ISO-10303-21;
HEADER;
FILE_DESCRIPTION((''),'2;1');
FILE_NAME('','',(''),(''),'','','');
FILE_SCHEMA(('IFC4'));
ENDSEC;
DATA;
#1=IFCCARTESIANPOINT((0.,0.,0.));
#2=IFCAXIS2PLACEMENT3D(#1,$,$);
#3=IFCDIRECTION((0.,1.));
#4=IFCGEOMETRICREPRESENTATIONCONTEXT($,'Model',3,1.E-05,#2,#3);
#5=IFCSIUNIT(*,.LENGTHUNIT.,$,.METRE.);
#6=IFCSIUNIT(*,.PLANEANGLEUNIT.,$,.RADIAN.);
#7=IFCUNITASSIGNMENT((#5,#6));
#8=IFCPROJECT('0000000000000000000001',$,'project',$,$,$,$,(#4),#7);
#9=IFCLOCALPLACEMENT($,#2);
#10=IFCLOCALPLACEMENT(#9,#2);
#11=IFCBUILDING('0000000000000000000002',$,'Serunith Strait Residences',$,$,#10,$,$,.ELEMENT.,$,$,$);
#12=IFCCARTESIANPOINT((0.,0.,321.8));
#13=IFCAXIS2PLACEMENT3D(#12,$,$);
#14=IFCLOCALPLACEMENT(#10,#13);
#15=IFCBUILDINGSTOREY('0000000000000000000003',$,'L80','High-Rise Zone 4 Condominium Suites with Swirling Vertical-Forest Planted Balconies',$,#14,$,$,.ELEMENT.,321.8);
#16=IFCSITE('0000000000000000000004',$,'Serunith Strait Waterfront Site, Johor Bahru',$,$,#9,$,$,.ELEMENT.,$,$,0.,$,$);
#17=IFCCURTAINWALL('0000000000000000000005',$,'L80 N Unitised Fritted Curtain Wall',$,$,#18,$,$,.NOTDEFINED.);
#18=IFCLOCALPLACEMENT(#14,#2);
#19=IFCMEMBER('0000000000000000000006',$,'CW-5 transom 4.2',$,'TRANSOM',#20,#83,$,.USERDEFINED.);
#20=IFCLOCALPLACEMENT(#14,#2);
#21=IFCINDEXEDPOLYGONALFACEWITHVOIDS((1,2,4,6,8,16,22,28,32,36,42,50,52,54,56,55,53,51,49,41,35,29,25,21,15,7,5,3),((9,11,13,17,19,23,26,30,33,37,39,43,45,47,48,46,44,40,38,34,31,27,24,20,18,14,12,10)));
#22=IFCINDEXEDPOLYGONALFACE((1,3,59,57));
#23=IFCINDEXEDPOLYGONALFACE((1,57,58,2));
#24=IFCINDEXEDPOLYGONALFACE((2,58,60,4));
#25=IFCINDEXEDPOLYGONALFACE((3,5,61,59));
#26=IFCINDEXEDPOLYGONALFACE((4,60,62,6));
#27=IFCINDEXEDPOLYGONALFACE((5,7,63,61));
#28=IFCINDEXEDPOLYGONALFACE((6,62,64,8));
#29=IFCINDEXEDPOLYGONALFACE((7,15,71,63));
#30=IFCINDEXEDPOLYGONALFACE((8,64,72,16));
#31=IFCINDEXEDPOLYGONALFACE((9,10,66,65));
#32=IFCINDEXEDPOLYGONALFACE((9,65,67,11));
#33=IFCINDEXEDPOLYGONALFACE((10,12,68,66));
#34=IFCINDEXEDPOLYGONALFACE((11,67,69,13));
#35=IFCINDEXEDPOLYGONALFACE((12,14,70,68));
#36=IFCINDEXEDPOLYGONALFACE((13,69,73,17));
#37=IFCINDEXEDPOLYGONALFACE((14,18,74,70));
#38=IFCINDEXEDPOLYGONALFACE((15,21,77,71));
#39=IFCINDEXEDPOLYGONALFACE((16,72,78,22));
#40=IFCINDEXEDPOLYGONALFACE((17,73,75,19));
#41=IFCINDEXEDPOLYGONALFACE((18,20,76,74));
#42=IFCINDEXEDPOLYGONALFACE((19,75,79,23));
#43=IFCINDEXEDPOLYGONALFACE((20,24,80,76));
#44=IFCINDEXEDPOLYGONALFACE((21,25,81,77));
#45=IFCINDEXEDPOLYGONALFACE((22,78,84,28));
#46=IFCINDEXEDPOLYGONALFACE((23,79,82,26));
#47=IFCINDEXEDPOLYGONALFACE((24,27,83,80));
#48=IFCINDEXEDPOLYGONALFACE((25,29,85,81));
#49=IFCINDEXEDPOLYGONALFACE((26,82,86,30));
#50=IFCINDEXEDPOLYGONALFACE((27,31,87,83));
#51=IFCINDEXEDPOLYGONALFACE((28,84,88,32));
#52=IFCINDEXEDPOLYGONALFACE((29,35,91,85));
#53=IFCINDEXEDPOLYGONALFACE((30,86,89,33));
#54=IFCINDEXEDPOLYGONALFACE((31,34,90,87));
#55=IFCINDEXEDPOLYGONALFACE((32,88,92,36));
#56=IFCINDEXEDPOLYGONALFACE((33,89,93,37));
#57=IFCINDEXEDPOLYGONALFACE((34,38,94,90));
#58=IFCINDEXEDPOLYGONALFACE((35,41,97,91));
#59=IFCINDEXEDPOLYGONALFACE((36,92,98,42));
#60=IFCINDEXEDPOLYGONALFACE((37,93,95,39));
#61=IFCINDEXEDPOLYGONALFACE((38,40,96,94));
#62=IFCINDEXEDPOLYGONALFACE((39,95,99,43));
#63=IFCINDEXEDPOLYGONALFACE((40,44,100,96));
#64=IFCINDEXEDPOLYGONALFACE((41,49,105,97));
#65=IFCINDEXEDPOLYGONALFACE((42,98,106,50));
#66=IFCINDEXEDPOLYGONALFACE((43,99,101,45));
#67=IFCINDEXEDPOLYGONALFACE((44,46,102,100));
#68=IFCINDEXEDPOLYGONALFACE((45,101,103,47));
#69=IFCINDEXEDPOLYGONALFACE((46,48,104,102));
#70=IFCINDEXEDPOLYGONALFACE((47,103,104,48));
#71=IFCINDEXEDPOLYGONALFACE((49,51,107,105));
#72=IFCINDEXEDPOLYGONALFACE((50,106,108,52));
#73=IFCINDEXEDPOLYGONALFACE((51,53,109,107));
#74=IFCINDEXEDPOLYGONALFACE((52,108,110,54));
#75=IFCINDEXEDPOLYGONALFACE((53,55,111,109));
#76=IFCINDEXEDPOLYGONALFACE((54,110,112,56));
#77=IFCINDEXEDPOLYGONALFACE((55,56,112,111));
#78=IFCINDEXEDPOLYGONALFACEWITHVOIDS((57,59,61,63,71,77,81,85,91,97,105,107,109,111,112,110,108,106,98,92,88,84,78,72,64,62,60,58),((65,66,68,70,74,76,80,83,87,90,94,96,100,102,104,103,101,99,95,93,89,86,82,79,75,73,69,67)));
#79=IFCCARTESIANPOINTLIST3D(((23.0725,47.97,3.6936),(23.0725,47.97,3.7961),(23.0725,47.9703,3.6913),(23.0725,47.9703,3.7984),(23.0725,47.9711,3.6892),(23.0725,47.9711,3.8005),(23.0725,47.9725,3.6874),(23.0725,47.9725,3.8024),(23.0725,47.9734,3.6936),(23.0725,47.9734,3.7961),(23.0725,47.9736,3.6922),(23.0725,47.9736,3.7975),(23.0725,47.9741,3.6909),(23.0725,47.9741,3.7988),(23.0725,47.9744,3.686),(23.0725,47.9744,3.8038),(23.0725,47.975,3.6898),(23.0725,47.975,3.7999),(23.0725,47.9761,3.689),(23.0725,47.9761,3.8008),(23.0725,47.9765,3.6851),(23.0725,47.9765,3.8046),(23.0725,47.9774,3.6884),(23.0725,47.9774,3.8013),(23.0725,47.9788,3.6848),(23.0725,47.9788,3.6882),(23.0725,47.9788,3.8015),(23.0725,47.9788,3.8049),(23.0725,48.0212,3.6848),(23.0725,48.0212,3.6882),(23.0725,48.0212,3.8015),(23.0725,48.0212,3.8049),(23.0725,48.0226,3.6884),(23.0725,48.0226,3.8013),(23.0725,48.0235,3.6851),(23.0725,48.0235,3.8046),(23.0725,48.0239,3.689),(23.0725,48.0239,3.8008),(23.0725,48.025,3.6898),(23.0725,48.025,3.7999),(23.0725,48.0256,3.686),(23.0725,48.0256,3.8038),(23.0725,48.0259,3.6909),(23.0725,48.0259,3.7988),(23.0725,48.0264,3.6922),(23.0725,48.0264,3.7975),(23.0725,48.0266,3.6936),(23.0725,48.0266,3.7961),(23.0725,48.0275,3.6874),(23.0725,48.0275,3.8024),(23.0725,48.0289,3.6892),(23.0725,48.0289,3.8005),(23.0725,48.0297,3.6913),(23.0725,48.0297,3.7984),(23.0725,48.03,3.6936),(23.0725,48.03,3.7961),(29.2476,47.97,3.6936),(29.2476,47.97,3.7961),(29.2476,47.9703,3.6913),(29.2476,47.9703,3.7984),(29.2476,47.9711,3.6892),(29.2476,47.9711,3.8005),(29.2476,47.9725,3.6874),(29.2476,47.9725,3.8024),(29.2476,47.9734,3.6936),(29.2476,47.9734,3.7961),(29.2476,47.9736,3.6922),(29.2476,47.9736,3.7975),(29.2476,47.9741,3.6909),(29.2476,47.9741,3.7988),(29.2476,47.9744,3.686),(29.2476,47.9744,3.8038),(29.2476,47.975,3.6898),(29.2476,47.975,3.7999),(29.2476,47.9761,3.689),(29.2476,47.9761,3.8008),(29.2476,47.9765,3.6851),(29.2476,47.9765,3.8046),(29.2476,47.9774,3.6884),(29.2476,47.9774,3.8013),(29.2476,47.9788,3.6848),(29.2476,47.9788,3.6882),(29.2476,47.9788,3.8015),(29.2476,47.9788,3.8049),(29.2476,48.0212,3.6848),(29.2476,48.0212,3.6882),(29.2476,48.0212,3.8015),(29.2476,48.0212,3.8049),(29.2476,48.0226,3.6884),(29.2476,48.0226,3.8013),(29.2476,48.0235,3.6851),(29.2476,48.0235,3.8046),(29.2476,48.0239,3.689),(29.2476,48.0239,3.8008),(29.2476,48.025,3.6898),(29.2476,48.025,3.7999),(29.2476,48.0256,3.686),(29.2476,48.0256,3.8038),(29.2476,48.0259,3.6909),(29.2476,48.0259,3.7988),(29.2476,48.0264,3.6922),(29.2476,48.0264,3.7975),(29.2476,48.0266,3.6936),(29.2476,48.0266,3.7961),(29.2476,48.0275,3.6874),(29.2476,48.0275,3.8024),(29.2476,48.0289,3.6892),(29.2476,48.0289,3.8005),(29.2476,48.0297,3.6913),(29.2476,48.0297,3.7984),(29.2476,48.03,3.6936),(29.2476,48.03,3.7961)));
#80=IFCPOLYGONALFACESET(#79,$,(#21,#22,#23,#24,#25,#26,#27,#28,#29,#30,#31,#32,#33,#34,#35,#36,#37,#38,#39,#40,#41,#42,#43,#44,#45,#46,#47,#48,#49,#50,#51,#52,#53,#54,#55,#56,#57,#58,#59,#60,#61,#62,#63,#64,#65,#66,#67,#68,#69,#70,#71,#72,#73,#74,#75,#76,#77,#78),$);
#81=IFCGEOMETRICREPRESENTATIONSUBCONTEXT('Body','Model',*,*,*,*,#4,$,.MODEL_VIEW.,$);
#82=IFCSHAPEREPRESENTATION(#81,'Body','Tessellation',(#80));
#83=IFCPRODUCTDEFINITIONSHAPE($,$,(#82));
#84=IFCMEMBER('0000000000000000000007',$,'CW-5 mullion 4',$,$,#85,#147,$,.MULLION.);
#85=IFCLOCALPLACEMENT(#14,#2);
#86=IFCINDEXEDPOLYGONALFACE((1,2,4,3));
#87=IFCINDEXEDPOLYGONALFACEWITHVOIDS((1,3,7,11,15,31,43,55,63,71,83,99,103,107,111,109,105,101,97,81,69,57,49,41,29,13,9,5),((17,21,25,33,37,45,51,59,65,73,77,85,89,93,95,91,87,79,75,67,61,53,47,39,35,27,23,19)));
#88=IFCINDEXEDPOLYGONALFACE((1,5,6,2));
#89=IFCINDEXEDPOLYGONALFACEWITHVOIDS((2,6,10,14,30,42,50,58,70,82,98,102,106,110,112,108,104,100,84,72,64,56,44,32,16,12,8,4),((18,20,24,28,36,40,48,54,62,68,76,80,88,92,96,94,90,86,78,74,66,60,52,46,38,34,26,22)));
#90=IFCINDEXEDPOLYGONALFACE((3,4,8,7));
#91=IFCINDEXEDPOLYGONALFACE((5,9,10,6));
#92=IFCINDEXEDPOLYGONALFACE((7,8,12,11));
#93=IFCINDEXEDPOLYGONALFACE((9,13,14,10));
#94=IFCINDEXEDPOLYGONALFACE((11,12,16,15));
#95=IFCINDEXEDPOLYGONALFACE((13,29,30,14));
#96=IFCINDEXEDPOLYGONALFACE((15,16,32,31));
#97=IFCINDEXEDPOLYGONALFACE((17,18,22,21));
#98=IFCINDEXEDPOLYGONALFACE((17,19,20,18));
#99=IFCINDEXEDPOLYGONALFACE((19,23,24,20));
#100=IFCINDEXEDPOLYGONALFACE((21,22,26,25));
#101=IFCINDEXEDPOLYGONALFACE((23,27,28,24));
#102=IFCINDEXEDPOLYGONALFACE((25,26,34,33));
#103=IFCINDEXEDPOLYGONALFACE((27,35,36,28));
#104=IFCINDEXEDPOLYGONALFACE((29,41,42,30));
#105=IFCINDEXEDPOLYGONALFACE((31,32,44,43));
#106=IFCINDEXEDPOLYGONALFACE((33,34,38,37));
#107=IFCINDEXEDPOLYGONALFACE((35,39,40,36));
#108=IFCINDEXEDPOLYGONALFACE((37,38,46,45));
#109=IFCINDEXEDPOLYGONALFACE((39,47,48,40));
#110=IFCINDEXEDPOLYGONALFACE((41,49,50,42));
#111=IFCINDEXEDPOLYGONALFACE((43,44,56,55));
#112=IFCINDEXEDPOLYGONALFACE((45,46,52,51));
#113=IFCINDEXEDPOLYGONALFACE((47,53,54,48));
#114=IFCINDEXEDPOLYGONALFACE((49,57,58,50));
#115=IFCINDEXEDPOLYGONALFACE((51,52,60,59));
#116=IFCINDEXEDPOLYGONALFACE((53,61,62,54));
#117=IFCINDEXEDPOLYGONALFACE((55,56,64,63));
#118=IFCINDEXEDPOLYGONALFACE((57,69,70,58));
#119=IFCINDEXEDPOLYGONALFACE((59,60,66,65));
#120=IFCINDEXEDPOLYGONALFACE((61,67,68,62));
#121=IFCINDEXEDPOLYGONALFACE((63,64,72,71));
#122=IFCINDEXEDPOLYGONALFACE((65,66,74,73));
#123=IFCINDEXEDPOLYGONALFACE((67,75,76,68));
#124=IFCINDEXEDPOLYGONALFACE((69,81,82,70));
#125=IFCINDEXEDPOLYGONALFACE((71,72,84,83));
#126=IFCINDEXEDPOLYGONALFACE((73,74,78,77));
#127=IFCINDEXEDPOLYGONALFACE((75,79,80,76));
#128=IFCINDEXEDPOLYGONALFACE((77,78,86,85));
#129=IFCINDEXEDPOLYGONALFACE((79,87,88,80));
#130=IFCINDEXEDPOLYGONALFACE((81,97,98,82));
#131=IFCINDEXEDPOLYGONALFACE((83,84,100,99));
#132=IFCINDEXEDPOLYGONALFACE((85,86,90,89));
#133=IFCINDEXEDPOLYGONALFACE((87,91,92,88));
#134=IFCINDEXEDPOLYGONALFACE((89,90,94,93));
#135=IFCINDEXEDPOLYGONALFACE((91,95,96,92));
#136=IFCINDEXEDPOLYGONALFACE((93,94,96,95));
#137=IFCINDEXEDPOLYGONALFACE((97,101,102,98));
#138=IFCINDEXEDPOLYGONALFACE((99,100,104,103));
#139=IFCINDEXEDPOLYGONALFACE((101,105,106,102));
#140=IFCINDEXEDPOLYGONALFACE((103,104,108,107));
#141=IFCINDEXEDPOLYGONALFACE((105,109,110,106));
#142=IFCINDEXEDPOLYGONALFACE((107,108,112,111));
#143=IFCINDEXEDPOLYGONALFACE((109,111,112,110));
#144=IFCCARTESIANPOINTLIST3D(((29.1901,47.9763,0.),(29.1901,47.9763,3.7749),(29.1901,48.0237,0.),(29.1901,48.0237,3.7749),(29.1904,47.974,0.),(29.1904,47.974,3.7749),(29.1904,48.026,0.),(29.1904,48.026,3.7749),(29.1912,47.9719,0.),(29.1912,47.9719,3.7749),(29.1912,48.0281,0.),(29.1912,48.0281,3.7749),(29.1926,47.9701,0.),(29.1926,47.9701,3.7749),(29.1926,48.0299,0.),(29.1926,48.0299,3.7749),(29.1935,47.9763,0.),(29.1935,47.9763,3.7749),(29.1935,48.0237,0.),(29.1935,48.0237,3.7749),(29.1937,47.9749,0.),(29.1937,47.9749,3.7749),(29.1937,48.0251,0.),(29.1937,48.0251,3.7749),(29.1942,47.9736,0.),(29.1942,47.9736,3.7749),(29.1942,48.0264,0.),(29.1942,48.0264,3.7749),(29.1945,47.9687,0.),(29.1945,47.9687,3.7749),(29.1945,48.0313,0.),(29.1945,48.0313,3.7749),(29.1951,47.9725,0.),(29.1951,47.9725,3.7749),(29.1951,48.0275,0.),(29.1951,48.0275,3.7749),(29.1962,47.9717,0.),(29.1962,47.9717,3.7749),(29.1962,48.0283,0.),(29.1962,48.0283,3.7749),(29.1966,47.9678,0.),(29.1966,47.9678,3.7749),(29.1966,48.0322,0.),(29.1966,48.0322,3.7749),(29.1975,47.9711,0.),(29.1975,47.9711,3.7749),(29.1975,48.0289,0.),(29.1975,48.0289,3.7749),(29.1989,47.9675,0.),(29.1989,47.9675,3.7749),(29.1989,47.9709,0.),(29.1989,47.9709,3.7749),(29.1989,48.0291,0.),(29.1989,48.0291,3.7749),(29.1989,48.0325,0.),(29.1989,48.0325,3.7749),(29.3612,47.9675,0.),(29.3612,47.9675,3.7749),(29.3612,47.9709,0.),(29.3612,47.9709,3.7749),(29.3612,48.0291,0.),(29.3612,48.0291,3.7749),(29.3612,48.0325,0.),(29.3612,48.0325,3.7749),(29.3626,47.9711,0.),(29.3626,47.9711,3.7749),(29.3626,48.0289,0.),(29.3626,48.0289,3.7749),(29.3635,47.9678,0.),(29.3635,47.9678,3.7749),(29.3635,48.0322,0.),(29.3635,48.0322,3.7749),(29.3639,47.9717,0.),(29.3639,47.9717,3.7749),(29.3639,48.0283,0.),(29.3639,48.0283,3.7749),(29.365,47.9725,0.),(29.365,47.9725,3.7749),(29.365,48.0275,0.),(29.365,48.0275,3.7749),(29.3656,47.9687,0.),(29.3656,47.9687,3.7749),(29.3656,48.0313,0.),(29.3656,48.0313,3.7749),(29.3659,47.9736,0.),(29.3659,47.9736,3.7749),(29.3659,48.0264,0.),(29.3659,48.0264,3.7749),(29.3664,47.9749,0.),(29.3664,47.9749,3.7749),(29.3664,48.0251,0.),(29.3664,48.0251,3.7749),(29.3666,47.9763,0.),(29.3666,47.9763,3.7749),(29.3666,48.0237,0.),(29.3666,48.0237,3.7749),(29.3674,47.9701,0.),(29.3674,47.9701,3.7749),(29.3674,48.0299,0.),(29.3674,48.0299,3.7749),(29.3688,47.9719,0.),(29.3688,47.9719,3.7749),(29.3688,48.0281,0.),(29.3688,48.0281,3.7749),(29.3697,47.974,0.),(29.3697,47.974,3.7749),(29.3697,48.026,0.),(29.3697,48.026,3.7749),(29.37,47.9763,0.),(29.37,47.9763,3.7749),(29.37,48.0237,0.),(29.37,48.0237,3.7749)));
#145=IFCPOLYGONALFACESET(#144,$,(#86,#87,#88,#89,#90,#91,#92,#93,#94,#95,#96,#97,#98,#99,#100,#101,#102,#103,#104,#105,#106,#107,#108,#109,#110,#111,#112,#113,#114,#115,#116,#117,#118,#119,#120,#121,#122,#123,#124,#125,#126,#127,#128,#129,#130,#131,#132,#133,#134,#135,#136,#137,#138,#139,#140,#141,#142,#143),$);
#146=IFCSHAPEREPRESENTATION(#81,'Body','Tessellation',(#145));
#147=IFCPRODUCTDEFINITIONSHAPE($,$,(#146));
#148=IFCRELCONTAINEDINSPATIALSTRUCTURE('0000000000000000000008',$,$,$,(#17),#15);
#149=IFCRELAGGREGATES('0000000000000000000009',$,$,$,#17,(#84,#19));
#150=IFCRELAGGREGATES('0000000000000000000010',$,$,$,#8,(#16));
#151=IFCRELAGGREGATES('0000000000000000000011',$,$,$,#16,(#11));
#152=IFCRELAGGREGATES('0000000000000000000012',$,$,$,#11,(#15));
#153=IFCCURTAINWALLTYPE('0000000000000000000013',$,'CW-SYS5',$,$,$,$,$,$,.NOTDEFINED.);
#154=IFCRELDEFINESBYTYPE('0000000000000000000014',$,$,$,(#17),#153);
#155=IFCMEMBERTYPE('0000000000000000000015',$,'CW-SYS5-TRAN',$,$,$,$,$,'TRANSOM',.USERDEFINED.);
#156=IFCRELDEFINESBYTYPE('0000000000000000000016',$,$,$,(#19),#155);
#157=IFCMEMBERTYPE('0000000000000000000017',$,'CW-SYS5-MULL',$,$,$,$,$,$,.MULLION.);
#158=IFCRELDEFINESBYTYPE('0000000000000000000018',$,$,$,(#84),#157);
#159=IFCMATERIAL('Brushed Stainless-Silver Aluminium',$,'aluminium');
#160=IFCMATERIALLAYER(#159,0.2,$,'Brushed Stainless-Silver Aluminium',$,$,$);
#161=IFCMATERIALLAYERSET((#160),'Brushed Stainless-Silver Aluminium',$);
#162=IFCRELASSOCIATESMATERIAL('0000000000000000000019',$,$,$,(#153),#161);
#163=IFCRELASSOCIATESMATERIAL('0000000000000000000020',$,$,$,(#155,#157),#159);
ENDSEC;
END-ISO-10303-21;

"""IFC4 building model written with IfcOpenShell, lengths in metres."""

from ifc_helpers import new_model, si_unit, direction, frame, origin, origin_2d, place, context, subcontext, project, spatial, hollow_rectangle, extrude, source, transform, mapped, material, layer, layer_set, material_profile, profile_set, type_object, element, aggregate, save


model = new_model("IFC4")

# Units and contexts
model_context = context("Model", 3, precision=1e-05, world=origin(), true_north=direction((0.0, 1.0)))
body_context = subcontext(model_context, "Body", "Model", "MODEL_VIEW")
ifc_project = project(units=[si_unit("LENGTHUNIT", "METRE"), si_unit("PLANEANGLEUNIT", "RADIAN")], contexts=[model_context])

# Site, building, storey
site_placement = place(None, origin())
site = spatial("IfcSite", under=ifc_project, at=site_placement, Name="Serunith Strait Waterfront Site, Johor Bahru", CompositionType="ELEMENT", RefElevation=0.0)
building_placement = place(site_placement, origin())
building = spatial("IfcBuilding", under=site, at=building_placement, Name="Serunith Strait Residences", CompositionType="ELEMENT")
storey_placement = place(building_placement, frame((0.0, 0.0, 321.8)))
storey = spatial("IfcBuildingStorey", under=building, at=storey_placement, Name="L80", Description="High-Rise Zone 4 Condominium Suites with Swirling Vertical-Forest Planted Balconies", CompositionType="ELEMENT", Elevation=321.8)

# Curtain wall, members
ifc_material_1 = material(Name="Brushed Stainless-Silver Aluminium", Category="aluminium")
ifc_layer_1 = layer(ifc_material_1, 0.2, Name="Brushed Stainless-Silver Aluminium")
ifc_layer_set_1 = layer_set([ifc_layer_1], Name="Brushed Stainless-Silver Aluminium")
curtain_wall_type = type_object("IfcCurtainWallType", Name="CW-SYS5", PredefinedType="NOTDEFINED", material=ifc_layer_set_1)
curtain_wall_placement = place(storey_placement, origin())
curtain_wall = element("IfcCurtainWall", 1, at=curtain_wall_placement, inside=storey, type_object=curtain_wall_type, Name="L80 N Unitised Fritted Curtain Wall", PredefinedType="NOTDEFINED")
ifc_material_profile_1 = material_profile(ifc_material_1, hollow_rectangle(XDim=0.0601, YDim=0.1201, WallThickness=0.0034, InnerFilletRadius=0.0054, OuterFilletRadius=0.0088, at=origin_2d()), Name="ALU 120x60x3.5")
ifc_profile_set_1 = profile_set([ifc_material_profile_1], Name="Brushed Stainless-Silver Aluminium")
member_type_1 = type_object("IfcMemberType", Name="CW-SYS5-TRAN", ElementType="TRANSOM", PredefinedType="USERDEFINED", material=ifc_profile_set_1)
shared_shape_1 = source(origin(), body_context, "Body", "SweptSolid", [
    extrude(hollow_rectangle(XDim=0.0601, YDim=0.1201, WallThickness=0.0034, InnerFilletRadius=0.0054, OuterFilletRadius=0.0088, at=origin_2d()), origin(), (0.0, 0.0, 1.0), 6.175),
])
member_1_placement = place(storey_placement, frame((29.2476, 48.0, 3.7449), z_axis=(-1.0, 0.0, 0.0), x_axis=(0.0, -1.0, 0.0)))
member_1 = element("IfcMember", 2, at=member_1_placement, type_object=member_type_1, Name="CW-5 transom 4.2", ObjectType="TRANSOM", PredefinedType="USERDEFINED", context=body_context, shape_type="MappedRepresentation", body=[
    mapped(shared_shape_1, transform((0.0, 0.0, 0.0), scale=1.0)),
])
ifc_material_profile_2 = material_profile(ifc_material_1, hollow_rectangle(XDim=0.0649, YDim=0.1799, WallThickness=0.0034, InnerFilletRadius=0.0054, OuterFilletRadius=0.0088, at=origin_2d()), Name="ALU 180x65x3.5")
ifc_profile_set_2 = profile_set([ifc_material_profile_2], Name="Brushed Stainless-Silver Aluminium")
member_type_2 = type_object("IfcMemberType", Name="CW-SYS5-MULL", PredefinedType="MULLION", material=ifc_profile_set_2)
shared_shape_2 = source(origin(), body_context, "Body", "SweptSolid", [
    extrude(hollow_rectangle(XDim=0.0649, YDim=0.1799, WallThickness=0.0034, InnerFilletRadius=0.0054, OuterFilletRadius=0.0088, at=origin_2d()), origin(), (0.0, 0.0, 1.0), 3.7749),
])
member_2_placement = place(storey_placement, frame((29.28, 48.0, 0.0), z_axis=(0.0, 0.0, 1.0), x_axis=(0.0, -1.0, 0.0)))
member_2 = element("IfcMember", 3, at=member_2_placement, type_object=member_type_2, Name="CW-5 mullion 4", PredefinedType="MULLION", context=body_context, shape_type="MappedRepresentation", body=[
    mapped(shared_shape_2, transform((0.0, 0.0, 0.0), scale=1.0)),
])
aggregate(curtain_wall, [member_2, member_1])

save(model, "model.ifc")
